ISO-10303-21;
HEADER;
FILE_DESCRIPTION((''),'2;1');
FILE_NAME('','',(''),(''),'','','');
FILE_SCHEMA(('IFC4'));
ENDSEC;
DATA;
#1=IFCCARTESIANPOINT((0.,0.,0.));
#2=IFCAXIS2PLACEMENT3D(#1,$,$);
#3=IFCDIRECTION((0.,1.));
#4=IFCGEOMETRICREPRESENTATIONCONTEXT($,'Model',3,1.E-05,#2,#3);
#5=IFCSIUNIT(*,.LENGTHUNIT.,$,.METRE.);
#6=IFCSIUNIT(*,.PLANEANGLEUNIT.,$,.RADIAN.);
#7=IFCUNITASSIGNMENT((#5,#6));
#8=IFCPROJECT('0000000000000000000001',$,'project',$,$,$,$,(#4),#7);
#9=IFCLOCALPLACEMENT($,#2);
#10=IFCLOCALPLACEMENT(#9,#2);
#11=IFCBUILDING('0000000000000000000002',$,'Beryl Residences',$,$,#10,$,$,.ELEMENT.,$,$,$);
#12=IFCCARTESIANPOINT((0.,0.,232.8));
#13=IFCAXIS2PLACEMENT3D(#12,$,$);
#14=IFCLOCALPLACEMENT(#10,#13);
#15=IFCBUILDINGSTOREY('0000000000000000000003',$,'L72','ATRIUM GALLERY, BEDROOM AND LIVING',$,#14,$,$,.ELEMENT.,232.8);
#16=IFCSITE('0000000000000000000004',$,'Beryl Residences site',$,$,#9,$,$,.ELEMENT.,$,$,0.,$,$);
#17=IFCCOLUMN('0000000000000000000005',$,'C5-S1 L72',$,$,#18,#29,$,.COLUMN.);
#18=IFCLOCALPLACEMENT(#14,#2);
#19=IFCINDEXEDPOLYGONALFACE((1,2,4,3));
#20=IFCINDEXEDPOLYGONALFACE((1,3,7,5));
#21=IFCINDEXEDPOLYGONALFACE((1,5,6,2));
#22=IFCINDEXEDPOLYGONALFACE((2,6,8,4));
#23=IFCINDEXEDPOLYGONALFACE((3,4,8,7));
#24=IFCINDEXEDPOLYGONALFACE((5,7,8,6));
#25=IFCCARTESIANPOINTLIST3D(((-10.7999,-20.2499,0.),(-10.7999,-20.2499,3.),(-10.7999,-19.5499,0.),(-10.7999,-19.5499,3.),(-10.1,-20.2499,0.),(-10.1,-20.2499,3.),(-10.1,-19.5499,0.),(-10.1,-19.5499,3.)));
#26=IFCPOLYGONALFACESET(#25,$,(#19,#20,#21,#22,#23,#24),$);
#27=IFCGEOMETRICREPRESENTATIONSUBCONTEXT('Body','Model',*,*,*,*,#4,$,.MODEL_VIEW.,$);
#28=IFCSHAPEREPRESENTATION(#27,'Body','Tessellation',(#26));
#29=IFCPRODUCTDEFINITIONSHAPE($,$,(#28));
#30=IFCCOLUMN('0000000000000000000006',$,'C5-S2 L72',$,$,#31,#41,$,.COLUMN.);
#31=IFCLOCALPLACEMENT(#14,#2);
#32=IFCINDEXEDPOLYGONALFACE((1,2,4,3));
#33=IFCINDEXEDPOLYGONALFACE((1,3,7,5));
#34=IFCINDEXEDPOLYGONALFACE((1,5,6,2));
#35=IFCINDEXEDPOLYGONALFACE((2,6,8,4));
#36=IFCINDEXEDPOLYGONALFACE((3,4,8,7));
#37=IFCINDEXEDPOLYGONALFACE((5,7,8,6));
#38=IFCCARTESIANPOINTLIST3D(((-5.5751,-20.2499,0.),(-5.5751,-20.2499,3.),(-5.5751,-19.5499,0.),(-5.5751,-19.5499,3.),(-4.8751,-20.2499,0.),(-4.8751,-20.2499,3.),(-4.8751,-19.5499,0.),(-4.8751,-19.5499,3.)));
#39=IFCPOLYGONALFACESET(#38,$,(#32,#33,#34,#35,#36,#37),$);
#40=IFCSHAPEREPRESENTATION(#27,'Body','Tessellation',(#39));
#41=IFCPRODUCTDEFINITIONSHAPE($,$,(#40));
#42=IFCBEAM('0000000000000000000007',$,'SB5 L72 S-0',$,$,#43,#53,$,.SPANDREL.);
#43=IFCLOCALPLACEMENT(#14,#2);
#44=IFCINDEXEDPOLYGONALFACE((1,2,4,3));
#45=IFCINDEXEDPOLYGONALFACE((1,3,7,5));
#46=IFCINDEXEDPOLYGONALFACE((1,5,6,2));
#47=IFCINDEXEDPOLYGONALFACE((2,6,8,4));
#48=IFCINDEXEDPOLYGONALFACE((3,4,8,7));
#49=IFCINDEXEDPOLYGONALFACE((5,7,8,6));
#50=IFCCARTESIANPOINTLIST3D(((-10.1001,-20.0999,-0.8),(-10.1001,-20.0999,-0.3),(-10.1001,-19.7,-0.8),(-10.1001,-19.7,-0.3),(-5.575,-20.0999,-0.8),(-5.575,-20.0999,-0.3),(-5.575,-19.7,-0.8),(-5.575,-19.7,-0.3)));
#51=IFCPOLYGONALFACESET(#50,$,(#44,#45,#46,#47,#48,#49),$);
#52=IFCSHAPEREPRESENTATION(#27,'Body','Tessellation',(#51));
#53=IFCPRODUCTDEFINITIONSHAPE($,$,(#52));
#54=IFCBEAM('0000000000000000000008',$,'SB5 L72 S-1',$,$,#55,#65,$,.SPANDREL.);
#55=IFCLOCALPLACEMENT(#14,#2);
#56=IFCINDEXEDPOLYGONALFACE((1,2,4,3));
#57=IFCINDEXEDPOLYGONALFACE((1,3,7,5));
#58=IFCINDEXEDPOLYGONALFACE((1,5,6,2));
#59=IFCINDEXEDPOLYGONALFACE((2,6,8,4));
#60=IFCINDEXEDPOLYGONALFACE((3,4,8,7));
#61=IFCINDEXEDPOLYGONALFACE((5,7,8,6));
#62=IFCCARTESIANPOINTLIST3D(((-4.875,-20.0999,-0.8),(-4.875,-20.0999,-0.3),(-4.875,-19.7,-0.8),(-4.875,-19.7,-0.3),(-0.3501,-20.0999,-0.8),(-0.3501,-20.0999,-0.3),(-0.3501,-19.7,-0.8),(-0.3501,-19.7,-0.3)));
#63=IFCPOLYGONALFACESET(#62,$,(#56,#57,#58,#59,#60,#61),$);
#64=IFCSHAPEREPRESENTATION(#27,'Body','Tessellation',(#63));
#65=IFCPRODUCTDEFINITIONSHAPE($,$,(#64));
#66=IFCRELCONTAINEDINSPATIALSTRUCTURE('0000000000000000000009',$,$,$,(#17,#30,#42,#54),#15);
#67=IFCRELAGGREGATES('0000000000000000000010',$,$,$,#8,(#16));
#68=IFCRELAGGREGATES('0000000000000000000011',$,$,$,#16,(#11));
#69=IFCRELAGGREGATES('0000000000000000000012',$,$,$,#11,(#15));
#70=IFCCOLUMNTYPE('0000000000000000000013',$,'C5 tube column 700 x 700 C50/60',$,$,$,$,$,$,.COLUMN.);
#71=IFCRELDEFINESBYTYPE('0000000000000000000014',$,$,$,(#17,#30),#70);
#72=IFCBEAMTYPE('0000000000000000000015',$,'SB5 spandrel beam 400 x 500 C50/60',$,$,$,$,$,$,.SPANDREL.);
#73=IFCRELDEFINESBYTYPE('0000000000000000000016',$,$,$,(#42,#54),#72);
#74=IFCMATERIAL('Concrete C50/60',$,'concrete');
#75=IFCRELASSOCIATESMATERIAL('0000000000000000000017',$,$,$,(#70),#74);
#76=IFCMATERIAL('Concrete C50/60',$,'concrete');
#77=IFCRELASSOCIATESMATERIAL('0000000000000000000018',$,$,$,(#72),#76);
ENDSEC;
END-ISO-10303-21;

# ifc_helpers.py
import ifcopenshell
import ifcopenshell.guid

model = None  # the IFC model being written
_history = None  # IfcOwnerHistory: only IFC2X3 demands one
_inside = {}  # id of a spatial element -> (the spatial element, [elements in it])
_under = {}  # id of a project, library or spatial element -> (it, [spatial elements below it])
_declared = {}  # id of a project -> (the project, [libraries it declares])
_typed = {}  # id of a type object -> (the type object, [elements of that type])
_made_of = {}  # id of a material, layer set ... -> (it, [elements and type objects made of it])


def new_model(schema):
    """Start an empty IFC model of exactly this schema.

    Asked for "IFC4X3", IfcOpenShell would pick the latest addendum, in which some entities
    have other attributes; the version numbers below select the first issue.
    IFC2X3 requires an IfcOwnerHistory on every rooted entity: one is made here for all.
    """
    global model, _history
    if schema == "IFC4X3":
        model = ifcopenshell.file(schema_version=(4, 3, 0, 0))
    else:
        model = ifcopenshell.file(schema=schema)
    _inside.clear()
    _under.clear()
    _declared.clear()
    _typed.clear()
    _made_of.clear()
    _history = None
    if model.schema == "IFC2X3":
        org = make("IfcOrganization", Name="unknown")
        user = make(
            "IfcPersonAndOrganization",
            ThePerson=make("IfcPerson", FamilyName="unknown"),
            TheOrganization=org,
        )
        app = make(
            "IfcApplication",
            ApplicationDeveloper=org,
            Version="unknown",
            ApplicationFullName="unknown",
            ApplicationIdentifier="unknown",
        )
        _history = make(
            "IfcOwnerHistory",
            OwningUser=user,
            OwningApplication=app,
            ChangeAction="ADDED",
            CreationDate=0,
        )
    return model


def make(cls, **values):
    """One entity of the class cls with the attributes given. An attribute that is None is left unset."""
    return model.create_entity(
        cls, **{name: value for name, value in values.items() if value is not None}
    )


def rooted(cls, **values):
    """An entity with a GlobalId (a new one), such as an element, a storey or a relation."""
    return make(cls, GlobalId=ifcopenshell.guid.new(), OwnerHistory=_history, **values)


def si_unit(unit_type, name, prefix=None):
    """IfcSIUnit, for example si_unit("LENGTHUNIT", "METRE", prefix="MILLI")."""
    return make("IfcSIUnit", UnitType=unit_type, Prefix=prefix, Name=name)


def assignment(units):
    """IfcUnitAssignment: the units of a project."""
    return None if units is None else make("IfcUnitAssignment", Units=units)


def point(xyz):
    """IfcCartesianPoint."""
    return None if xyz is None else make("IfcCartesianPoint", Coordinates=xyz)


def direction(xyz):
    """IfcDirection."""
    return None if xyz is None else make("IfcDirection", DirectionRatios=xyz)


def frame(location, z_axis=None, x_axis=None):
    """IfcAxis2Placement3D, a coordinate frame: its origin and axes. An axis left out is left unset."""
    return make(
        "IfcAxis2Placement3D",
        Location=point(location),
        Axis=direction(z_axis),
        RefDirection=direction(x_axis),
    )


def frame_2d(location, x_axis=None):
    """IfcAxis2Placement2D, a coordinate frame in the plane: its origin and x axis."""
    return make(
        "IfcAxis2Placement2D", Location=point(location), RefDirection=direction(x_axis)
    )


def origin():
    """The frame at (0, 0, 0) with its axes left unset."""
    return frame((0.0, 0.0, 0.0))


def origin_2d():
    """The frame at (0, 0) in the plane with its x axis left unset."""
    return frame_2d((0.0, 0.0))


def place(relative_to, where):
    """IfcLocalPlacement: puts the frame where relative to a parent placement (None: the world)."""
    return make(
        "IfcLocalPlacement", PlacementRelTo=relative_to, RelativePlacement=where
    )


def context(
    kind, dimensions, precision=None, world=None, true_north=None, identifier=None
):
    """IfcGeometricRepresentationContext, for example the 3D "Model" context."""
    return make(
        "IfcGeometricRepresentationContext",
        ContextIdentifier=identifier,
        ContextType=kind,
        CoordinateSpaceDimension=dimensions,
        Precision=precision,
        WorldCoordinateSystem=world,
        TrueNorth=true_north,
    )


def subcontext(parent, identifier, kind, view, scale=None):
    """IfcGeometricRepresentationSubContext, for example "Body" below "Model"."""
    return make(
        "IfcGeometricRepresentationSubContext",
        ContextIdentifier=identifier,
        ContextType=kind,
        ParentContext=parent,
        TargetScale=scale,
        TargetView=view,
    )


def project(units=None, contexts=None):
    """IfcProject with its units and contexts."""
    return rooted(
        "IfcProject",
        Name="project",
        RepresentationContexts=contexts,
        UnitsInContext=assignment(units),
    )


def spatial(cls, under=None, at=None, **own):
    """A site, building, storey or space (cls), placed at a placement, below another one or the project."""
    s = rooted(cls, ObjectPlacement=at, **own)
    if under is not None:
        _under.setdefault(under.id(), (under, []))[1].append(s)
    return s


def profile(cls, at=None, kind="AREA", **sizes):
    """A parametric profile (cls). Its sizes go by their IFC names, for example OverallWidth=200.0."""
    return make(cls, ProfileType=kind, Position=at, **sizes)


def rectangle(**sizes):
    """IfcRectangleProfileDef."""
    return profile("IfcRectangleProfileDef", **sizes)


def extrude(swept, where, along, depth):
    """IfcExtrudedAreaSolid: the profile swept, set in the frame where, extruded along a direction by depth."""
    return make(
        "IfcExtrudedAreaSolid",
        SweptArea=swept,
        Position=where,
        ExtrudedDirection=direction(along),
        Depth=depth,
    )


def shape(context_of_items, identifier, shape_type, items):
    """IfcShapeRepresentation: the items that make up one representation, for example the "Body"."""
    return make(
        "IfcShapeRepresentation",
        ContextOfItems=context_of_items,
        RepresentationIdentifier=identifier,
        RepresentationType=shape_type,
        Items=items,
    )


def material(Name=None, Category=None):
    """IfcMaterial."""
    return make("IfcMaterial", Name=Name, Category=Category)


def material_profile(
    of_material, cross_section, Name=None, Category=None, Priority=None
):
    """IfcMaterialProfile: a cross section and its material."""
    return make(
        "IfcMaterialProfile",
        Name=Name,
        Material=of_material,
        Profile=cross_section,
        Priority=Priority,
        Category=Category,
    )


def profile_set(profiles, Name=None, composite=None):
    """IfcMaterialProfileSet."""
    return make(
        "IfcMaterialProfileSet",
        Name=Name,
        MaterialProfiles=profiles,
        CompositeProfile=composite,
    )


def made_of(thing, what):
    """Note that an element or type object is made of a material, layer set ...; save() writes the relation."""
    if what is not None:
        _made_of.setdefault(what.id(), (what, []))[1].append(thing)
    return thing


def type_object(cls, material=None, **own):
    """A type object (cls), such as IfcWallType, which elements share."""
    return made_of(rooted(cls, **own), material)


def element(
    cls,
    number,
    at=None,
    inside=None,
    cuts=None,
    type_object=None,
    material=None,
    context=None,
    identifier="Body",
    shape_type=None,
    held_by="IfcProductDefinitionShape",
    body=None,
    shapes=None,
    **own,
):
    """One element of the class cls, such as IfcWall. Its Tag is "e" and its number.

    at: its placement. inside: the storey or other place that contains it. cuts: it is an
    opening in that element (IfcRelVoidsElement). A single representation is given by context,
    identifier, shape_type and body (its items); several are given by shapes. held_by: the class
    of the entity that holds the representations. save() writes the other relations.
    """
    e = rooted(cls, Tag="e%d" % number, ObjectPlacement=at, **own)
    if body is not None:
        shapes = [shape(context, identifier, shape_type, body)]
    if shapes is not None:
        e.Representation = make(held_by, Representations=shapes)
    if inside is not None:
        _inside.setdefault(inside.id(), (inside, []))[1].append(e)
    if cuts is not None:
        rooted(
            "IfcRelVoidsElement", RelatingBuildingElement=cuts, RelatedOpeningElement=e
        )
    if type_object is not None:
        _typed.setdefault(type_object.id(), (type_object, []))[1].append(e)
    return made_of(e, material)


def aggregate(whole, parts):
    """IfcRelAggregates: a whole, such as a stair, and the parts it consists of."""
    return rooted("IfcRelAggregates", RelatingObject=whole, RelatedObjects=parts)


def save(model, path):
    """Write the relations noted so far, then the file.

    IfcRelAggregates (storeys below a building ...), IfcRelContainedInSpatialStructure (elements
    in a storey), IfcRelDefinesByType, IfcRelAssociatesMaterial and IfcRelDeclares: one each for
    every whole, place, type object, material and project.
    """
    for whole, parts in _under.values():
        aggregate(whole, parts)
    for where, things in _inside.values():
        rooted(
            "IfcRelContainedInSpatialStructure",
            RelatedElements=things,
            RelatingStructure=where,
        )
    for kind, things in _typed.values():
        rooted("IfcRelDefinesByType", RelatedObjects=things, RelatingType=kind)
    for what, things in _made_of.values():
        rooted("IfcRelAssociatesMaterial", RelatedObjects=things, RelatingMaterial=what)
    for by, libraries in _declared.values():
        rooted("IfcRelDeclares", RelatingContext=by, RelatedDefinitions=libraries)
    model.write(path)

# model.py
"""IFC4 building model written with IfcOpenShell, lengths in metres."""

from ifc_helpers import new_model, si_unit, direction, frame, origin, origin_2d, place, context, subcontext, project, spatial, rectangle, extrude, material, material_profile, profile_set, type_object, element, save


model = new_model("IFC4")

# Units and contexts
model_context = context("Model", 3, precision=1e-05, world=origin(), true_north=direction((0.0, 1.0)))
body_context = subcontext(model_context, "Body", "Model", "MODEL_VIEW")
ifc_project = project(units=[si_unit("LENGTHUNIT", "METRE"), si_unit("PLANEANGLEUNIT", "RADIAN")], contexts=[model_context])

# Site, building, storey
site_placement = place(None, origin())
site = spatial("IfcSite", under=ifc_project, at=site_placement, Name="Beryl Residences site", CompositionType="ELEMENT", RefElevation=0.0)
building_placement = place(site_placement, origin())
building = spatial("IfcBuilding", under=site, at=building_placement, Name="Beryl Residences", CompositionType="ELEMENT")
storey_placement = place(building_placement, frame((0.0, 0.0, 232.8)))
storey = spatial("IfcBuildingStorey", under=building, at=storey_placement, Name="L72", Description="ATRIUM GALLERY, BEDROOM AND LIVING", CompositionType="ELEMENT", Elevation=232.8)

# Columns
ifc_material_1 = material(Name="Concrete C50/60", Category="concrete")
ifc_material_profile_1 = material_profile(ifc_material_1, rectangle(XDim=0.7, YDim=0.7, at=origin_2d()))
ifc_profile_set_1 = profile_set([ifc_material_profile_1], Name="Concrete C50/60")
column_type = type_object("IfcColumnType", Name="C5 tube column 700 x 700 C50/60", PredefinedType="COLUMN", material=ifc_profile_set_1)
for number, where, z_axis, x_axis, name in (
    (1, (-10.45, -19.8999, 0.0), (0.0, 0.0, 1.0), (1.0, 0.0, 0.0), "C5-S1 L72"),
    (2, (-5.2251, -19.8999, 0.0), (0.0, 0.0, 1.0), (1.0, 0.0, 0.0), "C5-S2 L72"),
):
    element("IfcColumn", number, at=place(storey_placement, frame(where, z_axis=z_axis, x_axis=x_axis)), inside=storey, type_object=column_type, Name=name, PredefinedType="COLUMN", context=body_context, shape_type="SweptSolid", body=[
        extrude(rectangle(XDim=0.7, YDim=0.7, at=origin_2d()), origin(), (0.0, 0.0, 1.0), 3.0),
    ])

# Beams
ifc_material_2 = material(Name="Concrete C50/60", Category="concrete")
ifc_material_profile_2 = material_profile(ifc_material_2, rectangle(XDim=0.3999, YDim=0.5, at=origin_2d()))
ifc_profile_set_2 = profile_set([ifc_material_profile_2], Name="Concrete C50/60")
beam_type = type_object("IfcBeamType", Name="SB5 spandrel beam 400 x 500 C50/60", PredefinedType="SPANDREL", material=ifc_profile_set_2)
beam_1_placement = place(storey_placement, frame((-10.1001, -19.8999, -0.55), z_axis=(1.0, 0.0, 0.0), x_axis=(0.0, 1.0, 0.0)))
element("IfcBeam", 3, at=beam_1_placement, inside=storey, type_object=beam_type, Name="SB5 L72 S-0", PredefinedType="SPANDREL", context=body_context, shape_type="SweptSolid", body=[
    extrude(rectangle(XDim=0.3999, YDim=0.5, at=origin_2d()), origin(), (0.0, 0.0, 1.0), 4.5251),
])
beam_2_placement = place(storey_placement, frame((-4.875, -19.8999, -0.55), z_axis=(1.0, 0.0, 0.0), x_axis=(0.0, 1.0, 0.0)))
element("IfcBeam", 4, at=beam_2_placement, inside=storey, type_object=beam_type, Name="SB5 L72 S-1", PredefinedType="SPANDREL", context=body_context, shape_type="SweptSolid", body=[
    extrude(rectangle(XDim=0.3999, YDim=0.5, at=origin_2d()), origin(), (0.0, 0.0, 1.0), 4.5249),
])

save(model, "model.ifc")
